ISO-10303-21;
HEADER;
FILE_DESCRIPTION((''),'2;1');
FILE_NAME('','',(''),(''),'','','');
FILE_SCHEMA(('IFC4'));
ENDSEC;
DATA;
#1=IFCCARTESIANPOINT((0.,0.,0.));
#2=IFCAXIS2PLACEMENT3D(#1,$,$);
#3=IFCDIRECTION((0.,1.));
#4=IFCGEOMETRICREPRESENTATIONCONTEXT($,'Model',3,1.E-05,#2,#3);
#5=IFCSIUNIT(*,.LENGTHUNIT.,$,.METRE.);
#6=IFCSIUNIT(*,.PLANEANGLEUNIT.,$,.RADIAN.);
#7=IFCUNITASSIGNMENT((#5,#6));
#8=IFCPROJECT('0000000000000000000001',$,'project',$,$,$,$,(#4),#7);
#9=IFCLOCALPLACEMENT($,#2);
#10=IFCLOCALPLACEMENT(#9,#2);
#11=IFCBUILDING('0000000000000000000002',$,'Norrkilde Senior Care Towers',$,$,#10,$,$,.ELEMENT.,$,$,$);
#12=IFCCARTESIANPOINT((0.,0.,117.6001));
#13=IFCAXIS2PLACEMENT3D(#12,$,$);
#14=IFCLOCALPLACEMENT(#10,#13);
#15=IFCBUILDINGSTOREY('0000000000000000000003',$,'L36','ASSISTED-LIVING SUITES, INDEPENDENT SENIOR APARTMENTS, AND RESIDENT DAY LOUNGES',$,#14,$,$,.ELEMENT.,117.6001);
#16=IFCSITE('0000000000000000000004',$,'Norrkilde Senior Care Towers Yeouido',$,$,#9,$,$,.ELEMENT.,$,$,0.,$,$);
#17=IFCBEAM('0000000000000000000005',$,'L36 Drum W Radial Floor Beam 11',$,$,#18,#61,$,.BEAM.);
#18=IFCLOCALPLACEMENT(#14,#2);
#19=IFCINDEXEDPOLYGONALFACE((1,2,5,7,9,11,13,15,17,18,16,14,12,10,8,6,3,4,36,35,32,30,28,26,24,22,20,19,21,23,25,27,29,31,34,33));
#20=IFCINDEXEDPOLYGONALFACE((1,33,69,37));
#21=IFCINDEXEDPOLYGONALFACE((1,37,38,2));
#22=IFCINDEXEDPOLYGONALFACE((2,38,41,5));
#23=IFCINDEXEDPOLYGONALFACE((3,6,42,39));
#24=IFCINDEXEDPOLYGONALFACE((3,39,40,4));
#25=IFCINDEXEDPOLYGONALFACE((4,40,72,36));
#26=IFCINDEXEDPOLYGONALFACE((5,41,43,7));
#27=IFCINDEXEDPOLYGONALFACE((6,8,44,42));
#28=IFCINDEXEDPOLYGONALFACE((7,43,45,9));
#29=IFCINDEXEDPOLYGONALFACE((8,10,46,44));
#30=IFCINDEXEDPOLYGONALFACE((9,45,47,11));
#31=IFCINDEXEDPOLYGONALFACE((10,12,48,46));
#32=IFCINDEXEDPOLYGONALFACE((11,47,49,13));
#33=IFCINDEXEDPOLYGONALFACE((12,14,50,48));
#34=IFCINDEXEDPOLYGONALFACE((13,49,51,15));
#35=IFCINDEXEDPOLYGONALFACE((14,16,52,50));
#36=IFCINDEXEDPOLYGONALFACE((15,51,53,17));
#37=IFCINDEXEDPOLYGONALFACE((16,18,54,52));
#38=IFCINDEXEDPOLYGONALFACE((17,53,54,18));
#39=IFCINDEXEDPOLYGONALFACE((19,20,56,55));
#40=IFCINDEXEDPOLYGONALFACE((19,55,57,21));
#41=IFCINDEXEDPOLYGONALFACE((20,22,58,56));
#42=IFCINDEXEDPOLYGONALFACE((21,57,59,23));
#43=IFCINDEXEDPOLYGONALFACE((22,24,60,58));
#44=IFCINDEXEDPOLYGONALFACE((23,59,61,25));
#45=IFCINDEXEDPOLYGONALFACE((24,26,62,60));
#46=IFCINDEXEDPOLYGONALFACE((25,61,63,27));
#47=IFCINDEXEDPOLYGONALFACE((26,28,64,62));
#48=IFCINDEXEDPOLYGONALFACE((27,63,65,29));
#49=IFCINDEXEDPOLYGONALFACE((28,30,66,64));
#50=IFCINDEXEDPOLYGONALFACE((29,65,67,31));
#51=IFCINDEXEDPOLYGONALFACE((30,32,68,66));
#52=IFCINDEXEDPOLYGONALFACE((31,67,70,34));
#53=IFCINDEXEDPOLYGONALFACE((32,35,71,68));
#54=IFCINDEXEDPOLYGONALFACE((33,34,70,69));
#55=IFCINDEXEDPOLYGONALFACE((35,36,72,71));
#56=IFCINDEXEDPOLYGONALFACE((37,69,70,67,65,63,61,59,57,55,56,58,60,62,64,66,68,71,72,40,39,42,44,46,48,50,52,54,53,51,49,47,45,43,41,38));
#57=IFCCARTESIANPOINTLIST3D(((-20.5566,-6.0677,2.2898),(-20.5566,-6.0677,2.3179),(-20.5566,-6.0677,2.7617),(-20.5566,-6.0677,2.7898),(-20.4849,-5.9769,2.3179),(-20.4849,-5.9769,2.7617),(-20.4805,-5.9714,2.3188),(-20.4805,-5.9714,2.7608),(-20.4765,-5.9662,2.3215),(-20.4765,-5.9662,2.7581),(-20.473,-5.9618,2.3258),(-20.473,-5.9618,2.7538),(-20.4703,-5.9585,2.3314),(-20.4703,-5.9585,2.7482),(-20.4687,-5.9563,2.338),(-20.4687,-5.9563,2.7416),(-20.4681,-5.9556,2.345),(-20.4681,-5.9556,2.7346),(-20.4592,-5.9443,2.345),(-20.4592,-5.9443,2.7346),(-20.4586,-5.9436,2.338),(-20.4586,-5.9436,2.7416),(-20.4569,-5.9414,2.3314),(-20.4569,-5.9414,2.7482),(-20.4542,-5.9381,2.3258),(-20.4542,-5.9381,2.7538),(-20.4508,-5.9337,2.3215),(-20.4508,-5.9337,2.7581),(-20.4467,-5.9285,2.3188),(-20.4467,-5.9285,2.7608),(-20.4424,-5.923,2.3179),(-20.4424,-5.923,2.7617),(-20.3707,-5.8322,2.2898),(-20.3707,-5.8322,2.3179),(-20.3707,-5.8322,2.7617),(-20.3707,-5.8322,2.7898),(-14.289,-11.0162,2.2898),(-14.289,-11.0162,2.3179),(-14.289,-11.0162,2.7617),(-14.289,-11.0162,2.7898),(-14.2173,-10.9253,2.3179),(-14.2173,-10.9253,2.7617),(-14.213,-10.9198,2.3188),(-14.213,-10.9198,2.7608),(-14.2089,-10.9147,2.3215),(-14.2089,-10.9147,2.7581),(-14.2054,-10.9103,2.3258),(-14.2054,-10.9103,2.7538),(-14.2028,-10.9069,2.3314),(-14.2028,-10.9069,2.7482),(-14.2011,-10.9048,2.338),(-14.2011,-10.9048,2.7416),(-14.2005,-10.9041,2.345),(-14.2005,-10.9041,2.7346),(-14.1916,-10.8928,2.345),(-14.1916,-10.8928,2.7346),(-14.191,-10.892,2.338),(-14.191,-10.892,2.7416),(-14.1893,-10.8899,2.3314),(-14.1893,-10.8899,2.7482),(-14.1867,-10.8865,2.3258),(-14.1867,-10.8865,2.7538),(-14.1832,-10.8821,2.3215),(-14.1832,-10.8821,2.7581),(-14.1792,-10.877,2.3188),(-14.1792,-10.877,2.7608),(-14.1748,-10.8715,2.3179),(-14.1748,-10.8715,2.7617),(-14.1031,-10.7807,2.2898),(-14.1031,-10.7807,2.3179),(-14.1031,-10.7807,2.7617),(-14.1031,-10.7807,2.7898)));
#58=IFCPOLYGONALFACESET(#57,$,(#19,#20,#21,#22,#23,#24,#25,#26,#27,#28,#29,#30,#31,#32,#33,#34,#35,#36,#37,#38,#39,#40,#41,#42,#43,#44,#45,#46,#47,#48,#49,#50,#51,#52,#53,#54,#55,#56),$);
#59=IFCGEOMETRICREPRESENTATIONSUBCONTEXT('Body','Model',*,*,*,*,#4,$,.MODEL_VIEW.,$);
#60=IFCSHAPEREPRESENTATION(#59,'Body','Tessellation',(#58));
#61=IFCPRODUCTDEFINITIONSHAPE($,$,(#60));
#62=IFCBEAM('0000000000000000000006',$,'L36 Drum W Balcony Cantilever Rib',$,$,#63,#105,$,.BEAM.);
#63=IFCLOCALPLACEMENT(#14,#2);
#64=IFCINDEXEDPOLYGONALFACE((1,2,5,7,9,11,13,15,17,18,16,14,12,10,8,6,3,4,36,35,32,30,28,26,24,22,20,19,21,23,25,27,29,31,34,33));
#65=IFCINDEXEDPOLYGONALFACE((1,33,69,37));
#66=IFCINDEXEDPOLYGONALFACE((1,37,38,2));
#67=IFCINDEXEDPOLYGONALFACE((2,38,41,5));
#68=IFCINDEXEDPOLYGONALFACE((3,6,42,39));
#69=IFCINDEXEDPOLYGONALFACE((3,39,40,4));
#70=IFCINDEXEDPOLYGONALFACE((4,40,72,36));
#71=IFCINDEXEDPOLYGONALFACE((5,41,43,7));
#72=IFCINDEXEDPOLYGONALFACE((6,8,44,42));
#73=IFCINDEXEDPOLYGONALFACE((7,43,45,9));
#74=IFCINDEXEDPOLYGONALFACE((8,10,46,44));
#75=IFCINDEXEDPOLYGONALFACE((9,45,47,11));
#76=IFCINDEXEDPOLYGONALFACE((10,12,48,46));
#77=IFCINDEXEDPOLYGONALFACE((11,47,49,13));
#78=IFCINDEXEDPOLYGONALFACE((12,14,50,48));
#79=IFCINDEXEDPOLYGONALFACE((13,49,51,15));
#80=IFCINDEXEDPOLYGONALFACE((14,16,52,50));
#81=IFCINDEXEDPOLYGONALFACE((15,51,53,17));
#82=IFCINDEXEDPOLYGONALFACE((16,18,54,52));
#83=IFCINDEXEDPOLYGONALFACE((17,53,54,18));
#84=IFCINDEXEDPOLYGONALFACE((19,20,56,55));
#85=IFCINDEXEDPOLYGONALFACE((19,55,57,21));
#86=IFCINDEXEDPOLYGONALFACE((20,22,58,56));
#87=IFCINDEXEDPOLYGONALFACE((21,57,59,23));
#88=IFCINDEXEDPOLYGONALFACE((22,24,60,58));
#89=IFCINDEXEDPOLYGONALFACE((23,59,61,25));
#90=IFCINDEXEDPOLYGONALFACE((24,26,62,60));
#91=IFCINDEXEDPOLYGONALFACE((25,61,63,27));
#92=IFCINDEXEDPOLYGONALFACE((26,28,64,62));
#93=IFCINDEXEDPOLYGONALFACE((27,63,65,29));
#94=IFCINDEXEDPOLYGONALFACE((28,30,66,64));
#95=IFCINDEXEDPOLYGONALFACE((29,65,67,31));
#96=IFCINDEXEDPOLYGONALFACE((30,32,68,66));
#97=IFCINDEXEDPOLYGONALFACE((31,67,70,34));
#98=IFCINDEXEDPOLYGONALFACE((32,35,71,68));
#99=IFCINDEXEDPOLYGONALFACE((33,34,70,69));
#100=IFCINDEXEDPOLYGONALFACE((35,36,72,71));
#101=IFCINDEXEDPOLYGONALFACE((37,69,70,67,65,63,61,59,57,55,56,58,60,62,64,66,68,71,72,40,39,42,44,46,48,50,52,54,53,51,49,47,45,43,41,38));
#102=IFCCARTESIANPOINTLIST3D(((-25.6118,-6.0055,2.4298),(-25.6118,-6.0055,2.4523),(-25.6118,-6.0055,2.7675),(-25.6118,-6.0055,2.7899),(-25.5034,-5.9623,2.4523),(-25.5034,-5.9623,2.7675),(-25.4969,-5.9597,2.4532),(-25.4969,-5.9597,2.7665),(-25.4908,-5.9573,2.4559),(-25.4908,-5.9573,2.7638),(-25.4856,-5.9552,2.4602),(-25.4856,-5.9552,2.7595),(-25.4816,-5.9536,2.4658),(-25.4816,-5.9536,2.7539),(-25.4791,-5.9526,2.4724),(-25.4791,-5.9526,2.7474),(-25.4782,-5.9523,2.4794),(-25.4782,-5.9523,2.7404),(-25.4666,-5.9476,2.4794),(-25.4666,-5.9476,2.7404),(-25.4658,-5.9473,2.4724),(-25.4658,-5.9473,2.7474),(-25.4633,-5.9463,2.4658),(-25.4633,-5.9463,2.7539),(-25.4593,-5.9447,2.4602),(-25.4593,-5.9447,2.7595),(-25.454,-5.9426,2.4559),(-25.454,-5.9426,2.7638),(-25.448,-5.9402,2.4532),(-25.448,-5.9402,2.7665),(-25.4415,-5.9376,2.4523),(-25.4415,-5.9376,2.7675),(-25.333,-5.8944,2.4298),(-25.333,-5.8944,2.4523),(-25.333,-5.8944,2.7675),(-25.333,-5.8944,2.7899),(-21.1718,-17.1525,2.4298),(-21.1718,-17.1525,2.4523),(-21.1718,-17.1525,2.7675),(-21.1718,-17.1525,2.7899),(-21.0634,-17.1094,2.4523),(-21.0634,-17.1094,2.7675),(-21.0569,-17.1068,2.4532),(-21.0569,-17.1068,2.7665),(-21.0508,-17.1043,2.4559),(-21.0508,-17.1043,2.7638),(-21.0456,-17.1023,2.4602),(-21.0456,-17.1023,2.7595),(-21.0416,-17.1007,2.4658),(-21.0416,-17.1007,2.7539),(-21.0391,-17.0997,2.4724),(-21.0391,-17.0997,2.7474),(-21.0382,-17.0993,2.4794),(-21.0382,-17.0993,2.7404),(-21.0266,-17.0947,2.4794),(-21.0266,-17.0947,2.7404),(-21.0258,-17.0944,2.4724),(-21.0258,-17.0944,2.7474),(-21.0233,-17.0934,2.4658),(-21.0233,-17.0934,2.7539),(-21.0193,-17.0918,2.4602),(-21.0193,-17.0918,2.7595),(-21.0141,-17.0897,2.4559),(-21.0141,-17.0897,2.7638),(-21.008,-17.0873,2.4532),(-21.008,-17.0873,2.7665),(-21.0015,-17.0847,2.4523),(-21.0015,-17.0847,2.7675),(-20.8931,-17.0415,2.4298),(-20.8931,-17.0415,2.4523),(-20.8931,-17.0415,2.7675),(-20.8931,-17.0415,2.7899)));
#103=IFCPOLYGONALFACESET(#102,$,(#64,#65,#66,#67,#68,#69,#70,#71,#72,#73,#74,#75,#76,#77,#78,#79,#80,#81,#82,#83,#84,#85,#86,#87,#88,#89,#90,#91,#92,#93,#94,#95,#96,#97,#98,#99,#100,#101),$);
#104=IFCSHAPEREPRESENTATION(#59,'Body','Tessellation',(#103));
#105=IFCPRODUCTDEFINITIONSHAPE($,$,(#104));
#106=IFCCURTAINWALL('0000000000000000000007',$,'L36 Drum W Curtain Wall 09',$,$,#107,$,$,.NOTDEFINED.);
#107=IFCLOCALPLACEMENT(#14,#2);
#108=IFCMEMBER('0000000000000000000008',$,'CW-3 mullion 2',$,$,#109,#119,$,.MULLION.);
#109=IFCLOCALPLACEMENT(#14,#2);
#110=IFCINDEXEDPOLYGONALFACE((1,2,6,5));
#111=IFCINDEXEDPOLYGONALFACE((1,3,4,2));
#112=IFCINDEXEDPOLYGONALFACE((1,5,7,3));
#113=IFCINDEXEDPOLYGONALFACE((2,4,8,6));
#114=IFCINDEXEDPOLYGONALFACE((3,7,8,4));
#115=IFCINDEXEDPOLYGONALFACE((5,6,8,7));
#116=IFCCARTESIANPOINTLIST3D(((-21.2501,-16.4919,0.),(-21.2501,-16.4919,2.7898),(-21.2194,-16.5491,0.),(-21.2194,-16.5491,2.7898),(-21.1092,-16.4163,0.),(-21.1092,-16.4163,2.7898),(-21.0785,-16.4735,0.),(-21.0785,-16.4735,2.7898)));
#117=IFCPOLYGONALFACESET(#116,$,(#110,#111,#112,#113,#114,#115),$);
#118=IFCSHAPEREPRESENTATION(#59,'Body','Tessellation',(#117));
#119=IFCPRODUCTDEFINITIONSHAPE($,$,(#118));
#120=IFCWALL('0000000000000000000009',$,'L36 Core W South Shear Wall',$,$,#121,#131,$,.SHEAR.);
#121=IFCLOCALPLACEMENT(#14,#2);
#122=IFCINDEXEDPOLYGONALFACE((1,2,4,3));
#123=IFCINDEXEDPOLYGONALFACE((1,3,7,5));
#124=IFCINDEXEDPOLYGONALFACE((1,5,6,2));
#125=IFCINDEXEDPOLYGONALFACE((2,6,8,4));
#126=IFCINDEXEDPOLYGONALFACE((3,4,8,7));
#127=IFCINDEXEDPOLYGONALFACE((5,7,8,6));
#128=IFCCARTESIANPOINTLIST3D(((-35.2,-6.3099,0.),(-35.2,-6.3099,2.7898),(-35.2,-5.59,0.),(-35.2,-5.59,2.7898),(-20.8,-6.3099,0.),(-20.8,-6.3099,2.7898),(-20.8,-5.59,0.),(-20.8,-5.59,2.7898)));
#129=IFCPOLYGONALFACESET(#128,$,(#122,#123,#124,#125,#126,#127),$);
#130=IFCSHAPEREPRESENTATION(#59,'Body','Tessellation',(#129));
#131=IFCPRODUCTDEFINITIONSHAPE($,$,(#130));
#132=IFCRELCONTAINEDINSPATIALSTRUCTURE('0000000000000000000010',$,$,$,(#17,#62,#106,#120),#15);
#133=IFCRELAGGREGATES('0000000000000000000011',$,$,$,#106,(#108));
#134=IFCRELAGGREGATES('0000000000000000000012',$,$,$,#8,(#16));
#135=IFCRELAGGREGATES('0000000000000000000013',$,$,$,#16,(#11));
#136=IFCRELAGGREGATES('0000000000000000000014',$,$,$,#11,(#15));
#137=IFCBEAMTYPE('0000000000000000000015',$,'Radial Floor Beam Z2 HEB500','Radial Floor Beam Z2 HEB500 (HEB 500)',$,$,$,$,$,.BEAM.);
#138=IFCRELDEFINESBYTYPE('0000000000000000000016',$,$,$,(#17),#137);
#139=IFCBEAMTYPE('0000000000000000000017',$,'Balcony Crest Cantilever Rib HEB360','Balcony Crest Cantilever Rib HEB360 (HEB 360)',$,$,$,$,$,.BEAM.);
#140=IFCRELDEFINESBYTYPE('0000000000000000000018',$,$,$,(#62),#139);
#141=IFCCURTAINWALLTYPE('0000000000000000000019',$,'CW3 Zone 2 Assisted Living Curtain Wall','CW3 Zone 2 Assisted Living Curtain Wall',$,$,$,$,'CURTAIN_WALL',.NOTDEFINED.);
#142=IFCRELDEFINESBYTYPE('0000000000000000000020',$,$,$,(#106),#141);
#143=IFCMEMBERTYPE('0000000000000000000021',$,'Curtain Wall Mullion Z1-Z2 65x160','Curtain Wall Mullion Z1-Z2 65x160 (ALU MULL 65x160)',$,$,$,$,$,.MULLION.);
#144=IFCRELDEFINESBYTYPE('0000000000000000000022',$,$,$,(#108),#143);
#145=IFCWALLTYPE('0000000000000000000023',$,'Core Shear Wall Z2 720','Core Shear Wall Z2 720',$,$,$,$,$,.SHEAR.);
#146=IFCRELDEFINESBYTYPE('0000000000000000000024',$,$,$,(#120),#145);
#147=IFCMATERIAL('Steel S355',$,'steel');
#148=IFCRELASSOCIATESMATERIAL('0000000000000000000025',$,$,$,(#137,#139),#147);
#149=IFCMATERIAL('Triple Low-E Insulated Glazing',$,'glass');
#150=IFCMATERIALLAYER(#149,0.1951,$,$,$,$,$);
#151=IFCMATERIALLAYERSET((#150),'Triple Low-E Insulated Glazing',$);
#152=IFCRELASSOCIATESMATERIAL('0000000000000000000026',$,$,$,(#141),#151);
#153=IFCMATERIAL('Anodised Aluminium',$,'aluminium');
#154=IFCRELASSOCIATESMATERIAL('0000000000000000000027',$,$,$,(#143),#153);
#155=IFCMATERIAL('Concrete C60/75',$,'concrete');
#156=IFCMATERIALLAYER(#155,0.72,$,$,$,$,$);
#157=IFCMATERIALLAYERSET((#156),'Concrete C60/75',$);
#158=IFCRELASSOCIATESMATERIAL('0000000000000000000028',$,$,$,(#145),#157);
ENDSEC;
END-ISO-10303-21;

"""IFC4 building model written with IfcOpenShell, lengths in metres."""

from ifc_helpers import new_model, si_unit, direction, frame, frame_2d, origin, origin_2d, place, context, subcontext, project, spatial, rectangle, i_section, extrude, source, transform, mapped, material, layer, layer_set, material_profile, profile_set, type_object, type_shapes, element, aggregate, save


model = new_model("IFC4")

# Units and contexts
model_context = context("Model", 3, precision=1e-05, world=origin(), true_north=direction((0.0, 1.0)))
body_context = subcontext(model_context, "Body", "Model", "MODEL_VIEW")
ifc_project = project(units=[si_unit("LENGTHUNIT", "METRE"), si_unit("PLANEANGLEUNIT", "RADIAN")], contexts=[model_context])

# Site, building, storey
site_placement = place(None, origin())
site = spatial("IfcSite", under=ifc_project, at=site_placement, Name="Norrkilde Senior Care Towers Yeouido", CompositionType="ELEMENT", RefElevation=0.0)
building_placement = place(site_placement, origin())
building = spatial("IfcBuilding", under=site, at=building_placement, Name="Norrkilde Senior Care Towers", CompositionType="ELEMENT")
storey_placement = place(building_placement, frame((0.0, 0.0, 117.6001)))
storey = spatial("IfcBuildingStorey", under=building, at=storey_placement, Name="L36", Description="ASSISTED-LIVING SUITES, INDEPENDENT SENIOR APARTMENTS, AND RESIDENT DAY LOUNGES", CompositionType="ELEMENT", Elevation=117.6001)

# Shared definitions
ifc_material_1 = material(Name="Concrete C60/75", Category="concrete")

# Beams
ifc_material_2 = material(Name="Steel S355", Category="steel")
ifc_material_profile_1 = material_profile(ifc_material_2, i_section(OverallWidth=0.3, OverallDepth=0.5, WebThickness=0.0144, FlangeThickness=0.0281, FilletRadius=0.0271, at=origin_2d()), Name="HEB 500")
ifc_profile_set_1 = profile_set([ifc_material_profile_1], Name="Steel S355")
beam_type_1 = type_object("IfcBeamType", Name="Radial Floor Beam Z2 HEB500", Description="Radial Floor Beam Z2 HEB500 (HEB 500)", PredefinedType="BEAM", material=ifc_profile_set_1)
shared_shape_1 = source(origin(), body_context, "Body", "SweptSolid", [
    extrude(i_section(OverallWidth=0.3, OverallDepth=0.5, WebThickness=0.0144, FlangeThickness=0.0281, FilletRadius=0.0271, at=origin_2d()), origin(), (0.0, 0.0, 1.0), 7.9856),
])
beam_1_placement = place(storey_placement, frame((-20.4636, -5.95, 2.5398), z_axis=(0.784859, -0.619675, 0.0), x_axis=(0.619675, 0.784859, 0.0)))
element("IfcBeam", 1, at=beam_1_placement, inside=storey, type_object=beam_type_1, Name="L36 Drum W Radial Floor Beam 11", PredefinedType="BEAM", context=body_context, shape_type="MappedRepresentation", body=[
    mapped(shared_shape_1, transform((0.0, 0.0, 0.0), x_axis=(1.0, 0.0, 0.0), y_axis=(0.0, 1.0, 0.0), z_axis=(0.0, 0.0, 1.0), scale=1.0)),
])
ifc_material_profile_2 = material_profile(ifc_material_2, i_section(OverallWidth=0.3, OverallDepth=0.3601, WebThickness=0.0125, FlangeThickness=0.0225, FilletRadius=0.0271, at=origin_2d()), Name="HEB 360")
ifc_profile_set_2 = profile_set([ifc_material_profile_2], Name="Steel S355")
beam_type_2 = type_object("IfcBeamType", Name="Balcony Crest Cantilever Rib HEB360", Description="Balcony Crest Cantilever Rib HEB360 (HEB 360)", PredefinedType="BEAM", material=ifc_profile_set_2)
shared_shape_2 = source(origin(), body_context, "Body", "SweptSolid", [
    extrude(i_section(OverallWidth=0.3, OverallDepth=0.3601, WebThickness=0.0125, FlangeThickness=0.0225, FilletRadius=0.0271, at=origin_2d()), origin(), (0.0, 0.0, 1.0), 11.9988),
])
type_shapes(beam_type_2, [shared_shape_2])
beam_2_placement = place(storey_placement, frame((-25.4724, -5.95, 2.6099), z_axis=(0.370036, -0.929017, 0.0), x_axis=(0.929017, 0.370036, 0.0)))
element("IfcBeam", 2, at=beam_2_placement, inside=storey, type_object=beam_type_2, Name="L36 Drum W Balcony Cantilever Rib", PredefinedType="BEAM", context=body_context, shape_type="MappedRepresentation", body=[
    mapped(shared_shape_2, transform((0.0, 0.0, 0.0), x_axis=(1.0, 0.0, 0.0), y_axis=(0.0, 1.0, 0.0), z_axis=(0.0, 0.0, 1.0), scale=1.0)),
])

# Curtain wall, member
ifc_material_3 = material(Name="Triple Low-E Insulated Glazing", Category="glass")
ifc_layer_1 = layer(ifc_material_3, 0.1951)
ifc_layer_set_1 = layer_set([ifc_layer_1], Name="Triple Low-E Insulated Glazing")
curtain_wall_type = type_object("IfcCurtainWallType", Name="CW3 Zone 2 Assisted Living Curtain Wall", Description="CW3 Zone 2 Assisted Living Curtain Wall", ElementType="CURTAIN_WALL", PredefinedType="NOTDEFINED", material=ifc_layer_set_1)
curtain_wall_placement = place(storey_placement, origin())
curtain_wall = element("IfcCurtainWall", 3, at=curtain_wall_placement, inside=storey, type_object=curtain_wall_type, Name="L36 Drum W Curtain Wall 09", PredefinedType="NOTDEFINED")
ifc_material_4 = material(Name="Anodised Aluminium", Category="aluminium")
ifc_material_profile_3 = material_profile(ifc_material_4, rectangle(XDim=0.0649, YDim=0.1599, at=origin_2d()), Name="ALU MULL 65x160")
ifc_profile_set_3 = profile_set([ifc_material_profile_3], Name="Anodised Aluminium")
member_type = type_object("IfcMemberType", Name="Curtain Wall Mullion Z1-Z2 65x160", Description="Curtain Wall Mullion Z1-Z2 65x160 (ALU MULL 65x160)", PredefinedType="MULLION", material=ifc_profile_set_3)
shared_shape_3 = source(origin(), body_context, "Body", "SweptSolid", [
    extrude(rectangle(XDim=0.0649, YDim=0.1599, at=origin_2d()), origin(), (0.0, 0.0, 1.0), 2.7898),
])
type_shapes(member_type, [shared_shape_3])
member_placement = place(storey_placement, frame((-21.1643, -16.4827, 0.0), z_axis=(0.0, 0.0, 1.0), x_axis=(0.472769, -0.881186, 0.0)))
member = element("IfcMember", 4, at=member_placement, type_object=member_type, Name="CW-3 mullion 2", PredefinedType="MULLION", context=body_context, shape_type="MappedRepresentation", body=[
    mapped(shared_shape_3, transform((0.0, 0.0, 0.0), x_axis=(1.0, 0.0, 0.0), y_axis=(0.0, 1.0, 0.0), z_axis=(0.0, 0.0, 1.0), scale=1.0)),
])
aggregate(curtain_wall, [member])

# Wall
ifc_layer_2 = layer(ifc_material_1, 0.72)
ifc_layer_set_2 = layer_set([ifc_layer_2], Name="Concrete C60/75")
wall_type_1 = type_object("IfcWallType", Name="Core Shear Wall Z2 720", Description="Core Shear Wall Z2 720", PredefinedType="SHEAR", material=ifc_layer_set_2)
shared_shape_4 = source(origin(), body_context, "Body", "SweptSolid", [
    extrude(rectangle(XDim=14.3999, YDim=0.72, at=frame_2d((7.2, 0.0))), origin(), (0.0, 0.0, 1.0), 2.7898),
])
type_shapes(wall_type_1, [shared_shape_4])
wall_1_placement = place(storey_placement, frame((-20.8, -5.95, 0.0), z_axis=(0.0, 0.0, 1.0), x_axis=(-1.0, 0.0, 0.0)))
element("IfcWall", 5, at=wall_1_placement, inside=storey, type_object=wall_type_1, Name="L36 Core W South Shear Wall", PredefinedType="SHEAR", context=body_context, shape_type="MappedRepresentation", body=[
    mapped(shared_shape_4, transform((0.0, 0.0, 0.0), x_axis=(1.0, 0.0, 0.0), y_axis=(0.0, 1.0, 0.0), z_axis=(0.0, 0.0, 1.0), scale=1.0)),
])

save(model, "model.ifc")
